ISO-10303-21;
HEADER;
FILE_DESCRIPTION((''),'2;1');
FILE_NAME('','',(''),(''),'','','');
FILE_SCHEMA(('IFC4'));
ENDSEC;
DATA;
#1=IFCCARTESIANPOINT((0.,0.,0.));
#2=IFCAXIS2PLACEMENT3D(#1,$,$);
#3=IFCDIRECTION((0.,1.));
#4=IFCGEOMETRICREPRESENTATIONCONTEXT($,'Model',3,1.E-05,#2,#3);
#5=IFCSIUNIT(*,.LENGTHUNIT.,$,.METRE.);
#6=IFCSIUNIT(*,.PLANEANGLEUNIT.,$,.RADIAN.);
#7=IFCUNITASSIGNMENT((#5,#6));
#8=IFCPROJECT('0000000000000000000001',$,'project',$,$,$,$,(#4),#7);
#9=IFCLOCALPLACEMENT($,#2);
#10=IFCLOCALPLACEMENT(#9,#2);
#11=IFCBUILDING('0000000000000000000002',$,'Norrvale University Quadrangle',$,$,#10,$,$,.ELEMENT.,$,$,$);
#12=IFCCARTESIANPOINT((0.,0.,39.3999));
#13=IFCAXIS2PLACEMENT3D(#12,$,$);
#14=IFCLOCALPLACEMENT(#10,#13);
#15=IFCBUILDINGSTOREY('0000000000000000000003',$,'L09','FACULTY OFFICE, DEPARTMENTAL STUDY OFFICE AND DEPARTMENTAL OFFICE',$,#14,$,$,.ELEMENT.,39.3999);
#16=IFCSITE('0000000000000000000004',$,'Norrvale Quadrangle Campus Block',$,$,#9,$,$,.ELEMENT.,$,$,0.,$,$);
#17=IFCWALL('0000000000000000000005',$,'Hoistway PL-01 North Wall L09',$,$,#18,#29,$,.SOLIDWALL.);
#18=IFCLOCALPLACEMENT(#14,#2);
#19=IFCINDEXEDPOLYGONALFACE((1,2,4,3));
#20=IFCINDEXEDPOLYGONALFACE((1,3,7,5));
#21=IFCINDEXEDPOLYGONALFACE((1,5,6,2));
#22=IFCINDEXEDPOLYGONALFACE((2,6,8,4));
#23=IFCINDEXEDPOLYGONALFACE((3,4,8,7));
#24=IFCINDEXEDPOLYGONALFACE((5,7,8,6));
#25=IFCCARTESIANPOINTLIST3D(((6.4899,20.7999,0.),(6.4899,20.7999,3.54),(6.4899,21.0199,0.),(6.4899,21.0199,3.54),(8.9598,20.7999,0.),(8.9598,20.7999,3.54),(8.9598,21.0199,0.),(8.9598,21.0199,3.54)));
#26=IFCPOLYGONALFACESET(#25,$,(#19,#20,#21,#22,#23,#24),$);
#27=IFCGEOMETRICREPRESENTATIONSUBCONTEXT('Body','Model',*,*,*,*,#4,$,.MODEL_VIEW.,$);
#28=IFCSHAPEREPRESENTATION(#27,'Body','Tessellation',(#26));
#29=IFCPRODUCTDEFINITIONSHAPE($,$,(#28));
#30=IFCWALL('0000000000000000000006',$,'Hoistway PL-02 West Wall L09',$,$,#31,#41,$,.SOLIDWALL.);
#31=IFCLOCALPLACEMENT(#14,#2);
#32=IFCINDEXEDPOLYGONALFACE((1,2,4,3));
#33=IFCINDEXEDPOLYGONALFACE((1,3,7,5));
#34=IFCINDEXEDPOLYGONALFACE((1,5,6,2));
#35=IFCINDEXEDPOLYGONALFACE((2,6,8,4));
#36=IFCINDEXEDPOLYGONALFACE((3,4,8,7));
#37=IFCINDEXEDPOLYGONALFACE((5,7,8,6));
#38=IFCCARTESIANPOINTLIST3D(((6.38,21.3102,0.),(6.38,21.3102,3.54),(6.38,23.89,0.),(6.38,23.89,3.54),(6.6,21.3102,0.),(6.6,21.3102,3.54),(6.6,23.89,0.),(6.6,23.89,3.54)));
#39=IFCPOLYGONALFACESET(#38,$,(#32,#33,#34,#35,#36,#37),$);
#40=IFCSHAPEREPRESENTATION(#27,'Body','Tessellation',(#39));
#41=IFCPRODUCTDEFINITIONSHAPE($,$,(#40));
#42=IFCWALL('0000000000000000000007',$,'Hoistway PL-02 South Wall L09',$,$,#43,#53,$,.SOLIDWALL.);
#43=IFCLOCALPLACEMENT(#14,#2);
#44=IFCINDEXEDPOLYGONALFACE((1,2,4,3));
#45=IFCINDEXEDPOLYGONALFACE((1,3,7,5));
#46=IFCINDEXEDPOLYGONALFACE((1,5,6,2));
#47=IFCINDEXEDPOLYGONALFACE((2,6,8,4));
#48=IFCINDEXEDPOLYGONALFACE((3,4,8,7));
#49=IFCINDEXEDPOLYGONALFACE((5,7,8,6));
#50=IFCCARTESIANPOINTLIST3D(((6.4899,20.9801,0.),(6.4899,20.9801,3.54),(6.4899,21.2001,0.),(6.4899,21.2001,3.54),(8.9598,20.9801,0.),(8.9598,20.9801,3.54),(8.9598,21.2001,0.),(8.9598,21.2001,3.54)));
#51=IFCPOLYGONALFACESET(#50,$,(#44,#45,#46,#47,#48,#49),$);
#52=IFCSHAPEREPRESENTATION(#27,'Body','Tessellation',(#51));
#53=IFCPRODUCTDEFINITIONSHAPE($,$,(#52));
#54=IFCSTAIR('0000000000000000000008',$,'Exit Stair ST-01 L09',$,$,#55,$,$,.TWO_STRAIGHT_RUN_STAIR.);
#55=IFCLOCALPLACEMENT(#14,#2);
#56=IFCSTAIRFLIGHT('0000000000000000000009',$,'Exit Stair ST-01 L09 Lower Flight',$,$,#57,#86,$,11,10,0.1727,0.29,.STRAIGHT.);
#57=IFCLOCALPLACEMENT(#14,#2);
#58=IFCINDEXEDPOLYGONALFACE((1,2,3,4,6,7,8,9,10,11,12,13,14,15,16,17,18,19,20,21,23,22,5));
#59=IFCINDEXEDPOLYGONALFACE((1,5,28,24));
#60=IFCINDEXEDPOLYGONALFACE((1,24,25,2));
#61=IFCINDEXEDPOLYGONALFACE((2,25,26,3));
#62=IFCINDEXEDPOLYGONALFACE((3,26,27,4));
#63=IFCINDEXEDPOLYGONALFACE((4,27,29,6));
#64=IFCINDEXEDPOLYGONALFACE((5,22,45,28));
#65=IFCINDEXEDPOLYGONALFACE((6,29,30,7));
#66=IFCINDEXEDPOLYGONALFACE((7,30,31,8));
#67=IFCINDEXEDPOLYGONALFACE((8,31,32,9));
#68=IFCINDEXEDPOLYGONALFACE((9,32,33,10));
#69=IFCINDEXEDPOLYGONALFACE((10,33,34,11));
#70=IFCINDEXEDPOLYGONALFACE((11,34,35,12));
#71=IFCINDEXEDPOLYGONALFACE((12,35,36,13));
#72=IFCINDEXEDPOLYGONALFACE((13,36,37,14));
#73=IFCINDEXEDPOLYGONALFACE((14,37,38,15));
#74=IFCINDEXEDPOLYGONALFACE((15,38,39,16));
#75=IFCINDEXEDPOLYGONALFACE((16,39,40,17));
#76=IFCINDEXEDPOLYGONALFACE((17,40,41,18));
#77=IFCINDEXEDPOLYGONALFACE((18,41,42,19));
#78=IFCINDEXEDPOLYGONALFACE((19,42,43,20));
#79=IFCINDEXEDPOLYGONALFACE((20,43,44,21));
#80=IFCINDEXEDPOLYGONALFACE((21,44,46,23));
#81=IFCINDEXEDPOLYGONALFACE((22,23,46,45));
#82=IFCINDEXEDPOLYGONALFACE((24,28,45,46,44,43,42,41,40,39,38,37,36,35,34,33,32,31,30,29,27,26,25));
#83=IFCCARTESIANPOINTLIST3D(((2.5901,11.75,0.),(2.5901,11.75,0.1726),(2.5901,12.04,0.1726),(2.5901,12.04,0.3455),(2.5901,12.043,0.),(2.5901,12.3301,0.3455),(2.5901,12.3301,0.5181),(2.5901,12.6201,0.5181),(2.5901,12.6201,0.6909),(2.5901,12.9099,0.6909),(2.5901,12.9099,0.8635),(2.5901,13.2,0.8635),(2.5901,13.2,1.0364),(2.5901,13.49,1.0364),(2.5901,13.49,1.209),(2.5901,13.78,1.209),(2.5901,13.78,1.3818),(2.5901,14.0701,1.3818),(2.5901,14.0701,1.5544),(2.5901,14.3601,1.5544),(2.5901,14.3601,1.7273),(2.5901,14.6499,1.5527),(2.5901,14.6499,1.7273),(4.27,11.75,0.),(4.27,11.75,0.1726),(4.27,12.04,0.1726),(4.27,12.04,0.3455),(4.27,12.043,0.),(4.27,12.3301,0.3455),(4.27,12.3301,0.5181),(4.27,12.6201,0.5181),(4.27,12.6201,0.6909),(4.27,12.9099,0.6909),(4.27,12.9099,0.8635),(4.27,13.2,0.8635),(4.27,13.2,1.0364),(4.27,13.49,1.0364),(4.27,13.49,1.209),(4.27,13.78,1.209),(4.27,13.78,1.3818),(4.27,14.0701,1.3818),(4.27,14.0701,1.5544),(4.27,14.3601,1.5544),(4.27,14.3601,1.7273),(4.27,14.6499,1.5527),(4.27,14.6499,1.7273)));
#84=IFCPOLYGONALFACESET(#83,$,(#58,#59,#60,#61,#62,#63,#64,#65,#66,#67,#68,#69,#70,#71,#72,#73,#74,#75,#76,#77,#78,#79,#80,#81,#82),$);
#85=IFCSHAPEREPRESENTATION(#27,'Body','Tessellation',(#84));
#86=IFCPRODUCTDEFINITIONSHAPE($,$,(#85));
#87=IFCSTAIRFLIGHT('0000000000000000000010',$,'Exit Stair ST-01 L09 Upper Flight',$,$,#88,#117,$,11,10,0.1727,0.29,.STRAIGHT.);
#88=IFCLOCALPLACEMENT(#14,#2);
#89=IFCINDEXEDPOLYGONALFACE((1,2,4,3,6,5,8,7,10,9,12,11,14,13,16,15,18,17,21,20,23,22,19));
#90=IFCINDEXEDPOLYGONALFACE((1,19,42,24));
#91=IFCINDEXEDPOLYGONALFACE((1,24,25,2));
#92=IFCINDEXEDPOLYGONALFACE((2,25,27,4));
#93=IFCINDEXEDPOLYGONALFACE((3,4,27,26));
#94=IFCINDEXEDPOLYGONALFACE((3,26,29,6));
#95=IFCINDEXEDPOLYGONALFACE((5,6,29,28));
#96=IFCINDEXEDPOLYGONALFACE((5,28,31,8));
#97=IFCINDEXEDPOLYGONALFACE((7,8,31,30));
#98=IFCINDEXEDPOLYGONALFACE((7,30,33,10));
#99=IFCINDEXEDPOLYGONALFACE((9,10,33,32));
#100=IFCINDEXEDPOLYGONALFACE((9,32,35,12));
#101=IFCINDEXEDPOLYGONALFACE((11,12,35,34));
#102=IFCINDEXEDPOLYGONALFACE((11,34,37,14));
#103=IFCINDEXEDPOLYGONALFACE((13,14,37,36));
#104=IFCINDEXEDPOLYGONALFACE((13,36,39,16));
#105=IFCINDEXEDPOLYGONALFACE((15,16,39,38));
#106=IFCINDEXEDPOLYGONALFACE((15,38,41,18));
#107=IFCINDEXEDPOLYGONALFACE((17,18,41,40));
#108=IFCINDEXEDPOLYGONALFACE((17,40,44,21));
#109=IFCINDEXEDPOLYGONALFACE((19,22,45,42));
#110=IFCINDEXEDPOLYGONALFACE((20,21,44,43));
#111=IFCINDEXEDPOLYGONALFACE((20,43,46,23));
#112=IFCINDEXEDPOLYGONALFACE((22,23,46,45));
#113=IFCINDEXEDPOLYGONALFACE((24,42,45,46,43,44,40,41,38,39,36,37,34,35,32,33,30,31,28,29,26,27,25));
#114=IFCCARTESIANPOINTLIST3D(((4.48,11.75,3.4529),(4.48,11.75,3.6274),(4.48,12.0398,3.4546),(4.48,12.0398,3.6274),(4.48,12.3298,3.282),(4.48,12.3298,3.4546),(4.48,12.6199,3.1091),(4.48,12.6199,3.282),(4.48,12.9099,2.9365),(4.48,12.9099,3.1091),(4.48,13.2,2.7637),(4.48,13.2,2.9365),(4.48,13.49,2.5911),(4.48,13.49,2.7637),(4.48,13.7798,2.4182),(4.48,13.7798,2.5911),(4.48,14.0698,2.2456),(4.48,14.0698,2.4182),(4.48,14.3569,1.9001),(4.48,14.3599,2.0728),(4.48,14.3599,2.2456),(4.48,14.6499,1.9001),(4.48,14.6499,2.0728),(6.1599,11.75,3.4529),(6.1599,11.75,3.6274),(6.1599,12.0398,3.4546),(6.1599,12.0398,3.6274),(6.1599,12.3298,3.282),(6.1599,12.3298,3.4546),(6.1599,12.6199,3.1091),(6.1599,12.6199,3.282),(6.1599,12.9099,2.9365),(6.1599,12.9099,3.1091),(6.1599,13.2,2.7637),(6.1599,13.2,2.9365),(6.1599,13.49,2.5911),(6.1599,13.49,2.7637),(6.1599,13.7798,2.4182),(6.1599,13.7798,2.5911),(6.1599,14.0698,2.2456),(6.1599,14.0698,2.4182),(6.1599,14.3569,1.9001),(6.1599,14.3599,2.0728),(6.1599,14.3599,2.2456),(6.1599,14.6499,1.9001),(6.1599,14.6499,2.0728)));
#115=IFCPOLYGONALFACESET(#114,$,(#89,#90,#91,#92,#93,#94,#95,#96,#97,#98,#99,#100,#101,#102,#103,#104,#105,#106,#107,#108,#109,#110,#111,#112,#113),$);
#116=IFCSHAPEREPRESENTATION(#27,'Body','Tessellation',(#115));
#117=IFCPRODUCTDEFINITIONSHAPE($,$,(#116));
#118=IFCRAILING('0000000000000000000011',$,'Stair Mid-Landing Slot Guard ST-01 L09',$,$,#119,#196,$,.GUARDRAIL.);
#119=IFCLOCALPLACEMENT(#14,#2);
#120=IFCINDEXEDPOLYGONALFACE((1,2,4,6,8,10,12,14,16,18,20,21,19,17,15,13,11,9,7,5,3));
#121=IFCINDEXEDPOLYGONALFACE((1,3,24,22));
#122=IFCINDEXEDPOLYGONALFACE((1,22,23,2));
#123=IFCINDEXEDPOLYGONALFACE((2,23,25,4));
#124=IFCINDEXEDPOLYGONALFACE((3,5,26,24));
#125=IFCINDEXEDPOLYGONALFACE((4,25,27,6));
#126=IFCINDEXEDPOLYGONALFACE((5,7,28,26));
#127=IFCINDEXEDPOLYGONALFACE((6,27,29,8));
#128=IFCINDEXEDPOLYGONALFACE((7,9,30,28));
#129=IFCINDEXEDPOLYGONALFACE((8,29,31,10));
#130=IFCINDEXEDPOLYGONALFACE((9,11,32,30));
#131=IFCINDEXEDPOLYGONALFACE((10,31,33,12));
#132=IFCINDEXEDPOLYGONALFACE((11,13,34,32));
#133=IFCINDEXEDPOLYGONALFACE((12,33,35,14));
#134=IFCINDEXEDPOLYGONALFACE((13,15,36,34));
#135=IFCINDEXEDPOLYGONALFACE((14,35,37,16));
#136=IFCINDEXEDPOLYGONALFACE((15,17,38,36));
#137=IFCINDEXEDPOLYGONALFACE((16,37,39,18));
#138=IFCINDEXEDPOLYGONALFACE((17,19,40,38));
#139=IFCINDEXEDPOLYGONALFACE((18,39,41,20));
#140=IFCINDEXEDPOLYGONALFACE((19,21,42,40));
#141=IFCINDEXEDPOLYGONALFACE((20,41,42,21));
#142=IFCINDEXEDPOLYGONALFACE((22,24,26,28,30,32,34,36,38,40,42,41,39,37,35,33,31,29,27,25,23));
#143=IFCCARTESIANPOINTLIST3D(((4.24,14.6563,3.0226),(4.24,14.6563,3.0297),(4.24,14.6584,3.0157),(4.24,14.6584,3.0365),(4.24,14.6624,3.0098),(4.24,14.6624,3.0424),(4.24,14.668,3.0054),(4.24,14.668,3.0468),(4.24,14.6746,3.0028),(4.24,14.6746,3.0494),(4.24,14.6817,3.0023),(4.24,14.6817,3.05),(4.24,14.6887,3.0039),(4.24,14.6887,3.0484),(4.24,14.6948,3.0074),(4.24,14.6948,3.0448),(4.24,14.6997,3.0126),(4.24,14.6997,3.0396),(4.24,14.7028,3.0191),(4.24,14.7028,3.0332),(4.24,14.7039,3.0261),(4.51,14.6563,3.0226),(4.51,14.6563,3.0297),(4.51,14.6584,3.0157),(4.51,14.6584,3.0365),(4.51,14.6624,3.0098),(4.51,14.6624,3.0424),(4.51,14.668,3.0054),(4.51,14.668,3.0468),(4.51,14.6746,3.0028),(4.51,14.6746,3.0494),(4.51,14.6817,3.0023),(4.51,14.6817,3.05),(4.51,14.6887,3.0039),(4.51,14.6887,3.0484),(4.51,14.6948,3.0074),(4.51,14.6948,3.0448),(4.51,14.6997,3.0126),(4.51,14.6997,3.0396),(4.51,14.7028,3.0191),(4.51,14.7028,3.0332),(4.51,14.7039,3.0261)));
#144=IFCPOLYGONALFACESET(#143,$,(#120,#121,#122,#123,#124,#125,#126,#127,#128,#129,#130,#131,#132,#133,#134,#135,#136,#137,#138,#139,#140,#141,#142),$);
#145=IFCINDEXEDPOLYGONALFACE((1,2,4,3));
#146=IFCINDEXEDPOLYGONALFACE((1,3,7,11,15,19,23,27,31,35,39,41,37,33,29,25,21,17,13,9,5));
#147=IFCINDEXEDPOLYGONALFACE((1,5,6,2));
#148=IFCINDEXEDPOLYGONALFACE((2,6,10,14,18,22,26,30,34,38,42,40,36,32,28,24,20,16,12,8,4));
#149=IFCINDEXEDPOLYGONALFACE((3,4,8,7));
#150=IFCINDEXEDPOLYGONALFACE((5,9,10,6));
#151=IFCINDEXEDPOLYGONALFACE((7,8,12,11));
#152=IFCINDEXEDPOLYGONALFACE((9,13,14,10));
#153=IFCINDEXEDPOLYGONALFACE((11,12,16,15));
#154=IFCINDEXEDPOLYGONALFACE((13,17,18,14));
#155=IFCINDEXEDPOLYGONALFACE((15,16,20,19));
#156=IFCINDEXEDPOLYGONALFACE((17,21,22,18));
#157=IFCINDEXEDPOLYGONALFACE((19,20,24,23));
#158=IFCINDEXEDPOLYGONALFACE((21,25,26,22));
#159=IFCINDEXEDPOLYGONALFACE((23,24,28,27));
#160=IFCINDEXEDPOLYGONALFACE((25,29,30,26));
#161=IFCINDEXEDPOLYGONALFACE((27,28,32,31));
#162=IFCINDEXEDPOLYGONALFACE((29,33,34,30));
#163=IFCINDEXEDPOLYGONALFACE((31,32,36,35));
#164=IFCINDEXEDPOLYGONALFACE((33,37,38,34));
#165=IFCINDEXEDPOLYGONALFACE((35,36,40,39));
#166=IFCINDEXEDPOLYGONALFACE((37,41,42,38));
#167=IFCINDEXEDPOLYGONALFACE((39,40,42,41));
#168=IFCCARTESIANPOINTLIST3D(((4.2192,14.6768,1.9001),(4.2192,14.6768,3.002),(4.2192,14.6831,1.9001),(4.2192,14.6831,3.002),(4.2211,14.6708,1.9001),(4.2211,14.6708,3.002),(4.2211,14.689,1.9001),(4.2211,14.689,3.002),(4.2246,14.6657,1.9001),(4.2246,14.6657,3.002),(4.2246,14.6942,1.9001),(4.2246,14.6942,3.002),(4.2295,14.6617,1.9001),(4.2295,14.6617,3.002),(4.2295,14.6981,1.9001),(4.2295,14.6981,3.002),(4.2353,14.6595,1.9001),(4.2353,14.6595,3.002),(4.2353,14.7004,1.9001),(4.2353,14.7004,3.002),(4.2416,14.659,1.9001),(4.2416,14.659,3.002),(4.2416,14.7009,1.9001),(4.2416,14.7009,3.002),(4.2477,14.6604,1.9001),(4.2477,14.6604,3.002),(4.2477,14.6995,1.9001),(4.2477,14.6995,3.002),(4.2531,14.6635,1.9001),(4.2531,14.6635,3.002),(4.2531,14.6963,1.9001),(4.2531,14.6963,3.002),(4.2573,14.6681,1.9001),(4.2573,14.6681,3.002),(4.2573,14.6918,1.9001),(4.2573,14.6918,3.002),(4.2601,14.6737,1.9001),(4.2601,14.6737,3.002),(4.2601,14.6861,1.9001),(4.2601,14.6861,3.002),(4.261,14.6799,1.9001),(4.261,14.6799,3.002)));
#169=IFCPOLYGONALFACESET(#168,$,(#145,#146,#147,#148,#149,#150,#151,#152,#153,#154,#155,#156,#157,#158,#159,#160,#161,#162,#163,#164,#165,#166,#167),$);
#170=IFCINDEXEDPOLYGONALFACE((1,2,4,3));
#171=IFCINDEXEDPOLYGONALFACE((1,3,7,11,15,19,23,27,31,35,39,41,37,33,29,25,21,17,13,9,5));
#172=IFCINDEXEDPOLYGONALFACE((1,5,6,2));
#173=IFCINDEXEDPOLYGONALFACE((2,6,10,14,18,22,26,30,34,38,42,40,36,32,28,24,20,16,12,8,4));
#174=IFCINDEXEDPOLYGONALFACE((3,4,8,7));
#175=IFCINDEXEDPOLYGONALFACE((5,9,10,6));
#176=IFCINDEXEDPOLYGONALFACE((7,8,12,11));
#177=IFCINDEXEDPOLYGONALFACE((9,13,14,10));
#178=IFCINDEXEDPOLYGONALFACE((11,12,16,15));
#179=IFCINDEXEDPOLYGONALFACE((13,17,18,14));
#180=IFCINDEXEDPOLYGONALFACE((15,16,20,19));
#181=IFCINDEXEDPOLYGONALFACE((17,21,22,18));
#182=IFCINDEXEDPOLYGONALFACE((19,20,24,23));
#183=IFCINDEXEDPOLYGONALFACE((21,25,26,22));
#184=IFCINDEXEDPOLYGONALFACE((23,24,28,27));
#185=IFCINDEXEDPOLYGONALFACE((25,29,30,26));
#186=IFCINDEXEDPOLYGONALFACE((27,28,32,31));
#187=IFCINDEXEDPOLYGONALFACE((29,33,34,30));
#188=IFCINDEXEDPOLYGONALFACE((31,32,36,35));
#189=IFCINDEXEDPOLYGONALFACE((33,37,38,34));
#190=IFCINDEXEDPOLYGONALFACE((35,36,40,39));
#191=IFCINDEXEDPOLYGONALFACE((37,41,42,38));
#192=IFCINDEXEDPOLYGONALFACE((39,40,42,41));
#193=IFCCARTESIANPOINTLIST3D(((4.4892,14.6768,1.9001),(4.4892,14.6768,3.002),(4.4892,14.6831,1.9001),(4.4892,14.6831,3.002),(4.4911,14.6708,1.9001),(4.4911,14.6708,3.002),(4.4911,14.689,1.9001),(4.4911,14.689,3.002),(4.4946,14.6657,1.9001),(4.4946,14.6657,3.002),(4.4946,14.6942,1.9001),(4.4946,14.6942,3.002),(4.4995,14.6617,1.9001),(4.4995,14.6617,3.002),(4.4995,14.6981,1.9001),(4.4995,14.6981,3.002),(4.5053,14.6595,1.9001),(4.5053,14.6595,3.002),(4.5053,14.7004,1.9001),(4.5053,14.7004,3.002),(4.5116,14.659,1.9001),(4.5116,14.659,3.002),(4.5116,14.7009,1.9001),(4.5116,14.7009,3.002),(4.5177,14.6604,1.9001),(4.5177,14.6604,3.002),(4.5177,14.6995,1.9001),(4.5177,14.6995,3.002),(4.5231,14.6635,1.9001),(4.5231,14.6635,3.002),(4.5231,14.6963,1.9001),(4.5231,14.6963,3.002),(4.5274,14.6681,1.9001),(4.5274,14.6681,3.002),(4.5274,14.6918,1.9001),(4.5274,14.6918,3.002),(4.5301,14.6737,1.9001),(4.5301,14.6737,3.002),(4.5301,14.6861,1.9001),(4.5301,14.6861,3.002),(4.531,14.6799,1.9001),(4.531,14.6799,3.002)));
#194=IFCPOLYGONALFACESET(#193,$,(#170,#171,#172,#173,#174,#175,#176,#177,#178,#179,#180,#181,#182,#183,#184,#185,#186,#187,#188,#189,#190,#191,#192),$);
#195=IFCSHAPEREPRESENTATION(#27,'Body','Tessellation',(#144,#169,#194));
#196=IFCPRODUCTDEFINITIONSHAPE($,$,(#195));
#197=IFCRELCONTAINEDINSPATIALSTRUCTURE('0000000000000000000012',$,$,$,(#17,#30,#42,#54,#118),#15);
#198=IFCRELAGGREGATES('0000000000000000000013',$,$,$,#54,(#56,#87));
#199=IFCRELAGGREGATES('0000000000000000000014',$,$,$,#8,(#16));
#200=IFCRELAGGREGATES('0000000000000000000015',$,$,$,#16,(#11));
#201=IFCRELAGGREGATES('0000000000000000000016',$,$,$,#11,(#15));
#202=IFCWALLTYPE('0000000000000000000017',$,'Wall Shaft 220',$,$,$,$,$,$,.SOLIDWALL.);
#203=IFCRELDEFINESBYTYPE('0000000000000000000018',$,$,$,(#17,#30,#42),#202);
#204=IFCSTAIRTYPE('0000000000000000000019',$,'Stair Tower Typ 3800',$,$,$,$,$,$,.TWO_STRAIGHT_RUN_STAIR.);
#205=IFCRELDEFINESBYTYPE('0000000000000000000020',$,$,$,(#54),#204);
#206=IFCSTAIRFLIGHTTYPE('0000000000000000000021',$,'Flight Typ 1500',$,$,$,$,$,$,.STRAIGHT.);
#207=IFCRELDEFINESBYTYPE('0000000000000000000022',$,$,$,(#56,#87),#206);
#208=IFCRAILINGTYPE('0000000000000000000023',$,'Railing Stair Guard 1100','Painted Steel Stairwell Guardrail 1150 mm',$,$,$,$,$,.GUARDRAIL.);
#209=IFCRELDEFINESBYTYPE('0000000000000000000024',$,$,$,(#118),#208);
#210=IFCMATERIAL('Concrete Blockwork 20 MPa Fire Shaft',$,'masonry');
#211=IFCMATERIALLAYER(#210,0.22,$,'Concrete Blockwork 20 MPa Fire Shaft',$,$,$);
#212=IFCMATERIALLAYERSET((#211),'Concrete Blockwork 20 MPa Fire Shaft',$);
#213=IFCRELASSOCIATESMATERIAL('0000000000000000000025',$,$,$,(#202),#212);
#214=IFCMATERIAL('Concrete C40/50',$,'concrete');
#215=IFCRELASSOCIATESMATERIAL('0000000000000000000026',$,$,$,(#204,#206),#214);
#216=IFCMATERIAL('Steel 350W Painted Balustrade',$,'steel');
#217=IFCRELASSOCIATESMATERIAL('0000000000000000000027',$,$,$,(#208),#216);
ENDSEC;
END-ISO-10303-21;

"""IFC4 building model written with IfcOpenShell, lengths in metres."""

from ifc_helpers import new_model, si_unit, direction, frame, frame_2d, origin, origin_2d, place, context, subcontext, project, spatial, polyline, rectangle, circle, outline, extrude, material, layer, layer_set, type_object, element, aggregate, save


model = new_model("IFC4")

# Units and contexts
model_context = context("Model", 3, precision=1e-05, world=origin(), true_north=direction((0.0, 1.0)))
body_context = subcontext(model_context, "Body", "Model", "MODEL_VIEW")
ifc_project = project(units=[si_unit("LENGTHUNIT", "METRE"), si_unit("PLANEANGLEUNIT", "RADIAN")], contexts=[model_context])

# Site, building, storey
site_placement = place(None, origin())
site = spatial("IfcSite", under=ifc_project, at=site_placement, Name="Norrvale Quadrangle Campus Block", CompositionType="ELEMENT", RefElevation=0.0)
building_placement = place(site_placement, origin())
building = spatial("IfcBuilding", under=site, at=building_placement, Name="Norrvale University Quadrangle", CompositionType="ELEMENT")
storey_placement = place(building_placement, frame((0.0, 0.0, 39.3999)))
storey = spatial("IfcBuildingStorey", under=building, at=storey_placement, Name="L09", Description="FACULTY OFFICE, DEPARTMENTAL STUDY OFFICE AND DEPARTMENTAL OFFICE", CompositionType="ELEMENT", Elevation=39.3999)

# Walls
ifc_material_1 = material(Name="Concrete Blockwork 20 MPa Fire Shaft", Category="masonry")
ifc_layer_1 = layer(ifc_material_1, 0.22, Name="Concrete Blockwork 20 MPa Fire Shaft")
ifc_layer_set_1 = layer_set([ifc_layer_1], Name="Concrete Blockwork 20 MPa Fire Shaft")
wall_type_1 = type_object("IfcWallType", Name="Wall Shaft 220", PredefinedType="SOLIDWALL", material=ifc_layer_set_1)
for number, where, z_axis, x_axis, name in (
    (1, (6.49, 20.9099, 0.0), (0.0, 0.0, 1.0), (1.0, 0.0, 0.0), "Hoistway PL-01 North Wall L09"),
):
    element("IfcWall", number, at=place(storey_placement, frame(where, z_axis=z_axis, x_axis=x_axis)), inside=storey, type_object=wall_type_1, Name=name, PredefinedType="SOLIDWALL", context=body_context, shape_type="SweptSolid", body=[
        extrude(rectangle(XDim=2.47, YDim=0.22, at=frame_2d((1.2349, 0.0))), origin(), (0.0, 0.0, 1.0), 3.54),
    ])
wall_1_placement = place(storey_placement, frame((6.49, 21.3101, 0.0), z_axis=(0.0, 0.0, 1.0), x_axis=(0.0, 1.0, 0.0)))
element("IfcWall", 2, at=wall_1_placement, inside=storey, type_object=wall_type_1, Name="Hoistway PL-02 West Wall L09", PredefinedType="SOLIDWALL", context=body_context, shape_type="SweptSolid", body=[
    extrude(rectangle(XDim=2.5798, YDim=0.22, at=frame_2d((1.29, 0.0))), origin(), (0.0, 0.0, 1.0), 3.54),
])
wall_2_placement = place(storey_placement, frame((6.49, 21.0901, 0.0), z_axis=(0.0, 0.0, 1.0), x_axis=(1.0, 0.0, 0.0)))
element("IfcWall", 3, at=wall_2_placement, inside=storey, type_object=wall_type_1, Name="Hoistway PL-02 South Wall L09", PredefinedType="SOLIDWALL", context=body_context, shape_type="SweptSolid", body=[
    extrude(rectangle(XDim=2.47, YDim=0.22, at=frame_2d((1.2349, 0.0))), origin(), (0.0, 0.0, 1.0), 3.54),
])

# Stair, stair flights
ifc_material_2 = material(Name="Concrete C40/50", Category="concrete")
stair_type = type_object("IfcStairType", Name="Stair Tower Typ 3800", PredefinedType="TWO_STRAIGHT_RUN_STAIR", material=ifc_material_2)
stair_placement = place(storey_placement, origin())
stair = element("IfcStair", 4, at=stair_placement, inside=storey, type_object=stair_type, Name="Exit Stair ST-01 L09", PredefinedType="TWO_STRAIGHT_RUN_STAIR")
stair_flight_type = type_object("IfcStairFlightType", Name="Flight Typ 1500", PredefinedType="STRAIGHT", material=ifc_material_2)
stair_flight_1_placement = place(storey_placement, frame((3.4299, 11.75, 0.0), z_axis=(0.0, 0.0, 1.0), x_axis=(0.0, 1.0, 0.0)))
stair_flight_1 = element("IfcStairFlight", 5, at=stair_flight_1_placement, type_object=stair_flight_type, Name="Exit Stair ST-01 L09 Lower Flight", NumberOfRisers=11, NumberOfTreads=10, PredefinedType="STRAIGHT", RiserHeight=0.1727, TreadLength=0.29, context=body_context, shape_type="SweptSolid", body=[
    extrude(outline(polyline([(0.0, 0.0), (0.0, 0.1726), (0.29, 0.1726), (0.29, 0.3455), (0.5801, 0.3455), (0.5801, 0.5181), (0.8701, 0.5181), (0.8701, 0.6909), (1.1599, 0.6909), (1.1599, 0.8635), (1.45, 0.8635), (1.45, 1.0364), (1.74, 1.0364), (1.74, 1.209), (2.03, 1.209), (2.03, 1.3818), (2.3201, 1.3818), (2.3201, 1.5544), (2.6101, 1.5544), (2.6101, 1.7273), (2.8999, 1.7273), (2.8999, 1.8999), (2.8999, 1.5527), (0.293, 0.0), (0.0, 0.0)])), frame((0.0, 0.8398, 0.0), z_axis=(0.0, -1.0, 0.0), x_axis=(1.0, 0.0, 0.0)), (0.0, 0.0, 1.0), 1.6799),
])
stair_flight_2_placement = place(storey_placement, frame((5.3201, 14.6499, 1.9001), z_axis=(0.0, 0.0, 1.0), x_axis=(0.0, -1.0, 0.0)))
stair_flight_2 = element("IfcStairFlight", 6, at=stair_flight_2_placement, type_object=stair_flight_type, Name="Exit Stair ST-01 L09 Upper Flight", NumberOfRisers=11, NumberOfTreads=10, PredefinedType="STRAIGHT", RiserHeight=0.1727, TreadLength=0.29, context=body_context, shape_type="SweptSolid", body=[
    extrude(outline(polyline([(0.0, 0.0), (0.0, 0.1726), (0.29, 0.1726), (0.29, 0.3455), (0.5801, 0.3455), (0.5801, 0.5181), (0.8701, 0.5181), (0.8701, 0.6909), (1.1599, 0.6909), (1.1599, 0.8635), (1.45, 0.8635), (1.45, 1.0364), (1.74, 1.0364), (1.74, 1.209), (2.03, 1.209), (2.03, 1.3818), (2.3201, 1.3818), (2.3201, 1.5544), (2.6101, 1.5544), (2.6101, 1.7273), (2.8999, 1.7273), (2.8999, 1.8999), (2.8999, 1.5527), (0.293, 0.0), (0.0, 0.0)])), frame((0.0, 0.8398, 0.0), z_axis=(0.0, -1.0, 0.0), x_axis=(1.0, 0.0, 0.0)), (0.0, 0.0, 1.0), 1.6799),
])
aggregate(stair, [stair_flight_1, stair_flight_2])

# Railing
ifc_material_3 = material(Name="Steel 350W Painted Balustrade", Category="steel")
railing_type_1 = type_object("IfcRailingType", Name="Railing Stair Guard 1100", Description="Painted Steel Stairwell Guardrail 1150 mm", PredefinedType="GUARDRAIL", material=ifc_material_3)
railing_1_placement = place(storey_placement, frame((4.24, 14.6799, 1.9001)))
element("IfcRailing", 7, at=railing_1_placement, inside=storey, type_object=railing_type_1, Name="Stair Mid-Landing Slot Guard ST-01 L09", PredefinedType="GUARDRAIL", context=body_context, shape_type="SweptSolid", body=[
    extrude(circle(Radius=0.0239, at=origin_2d()), frame((0.0, 0.0, 1.126), z_axis=(1.0, 0.0, 0.0), x_axis=(0.0, 1.0, 0.0)), (0.0, 0.0, 1.0), 0.27),
    extrude(circle(Radius=0.021, at=origin_2d()), origin(), (0.0, 0.0, 1.0), 1.1018),
    extrude(circle(Radius=0.021, at=origin_2d()), frame((0.27, 0.0, 0.0)), (0.0, 0.0, 1.0), 1.1018),
])

save(model, "model.ifc")
